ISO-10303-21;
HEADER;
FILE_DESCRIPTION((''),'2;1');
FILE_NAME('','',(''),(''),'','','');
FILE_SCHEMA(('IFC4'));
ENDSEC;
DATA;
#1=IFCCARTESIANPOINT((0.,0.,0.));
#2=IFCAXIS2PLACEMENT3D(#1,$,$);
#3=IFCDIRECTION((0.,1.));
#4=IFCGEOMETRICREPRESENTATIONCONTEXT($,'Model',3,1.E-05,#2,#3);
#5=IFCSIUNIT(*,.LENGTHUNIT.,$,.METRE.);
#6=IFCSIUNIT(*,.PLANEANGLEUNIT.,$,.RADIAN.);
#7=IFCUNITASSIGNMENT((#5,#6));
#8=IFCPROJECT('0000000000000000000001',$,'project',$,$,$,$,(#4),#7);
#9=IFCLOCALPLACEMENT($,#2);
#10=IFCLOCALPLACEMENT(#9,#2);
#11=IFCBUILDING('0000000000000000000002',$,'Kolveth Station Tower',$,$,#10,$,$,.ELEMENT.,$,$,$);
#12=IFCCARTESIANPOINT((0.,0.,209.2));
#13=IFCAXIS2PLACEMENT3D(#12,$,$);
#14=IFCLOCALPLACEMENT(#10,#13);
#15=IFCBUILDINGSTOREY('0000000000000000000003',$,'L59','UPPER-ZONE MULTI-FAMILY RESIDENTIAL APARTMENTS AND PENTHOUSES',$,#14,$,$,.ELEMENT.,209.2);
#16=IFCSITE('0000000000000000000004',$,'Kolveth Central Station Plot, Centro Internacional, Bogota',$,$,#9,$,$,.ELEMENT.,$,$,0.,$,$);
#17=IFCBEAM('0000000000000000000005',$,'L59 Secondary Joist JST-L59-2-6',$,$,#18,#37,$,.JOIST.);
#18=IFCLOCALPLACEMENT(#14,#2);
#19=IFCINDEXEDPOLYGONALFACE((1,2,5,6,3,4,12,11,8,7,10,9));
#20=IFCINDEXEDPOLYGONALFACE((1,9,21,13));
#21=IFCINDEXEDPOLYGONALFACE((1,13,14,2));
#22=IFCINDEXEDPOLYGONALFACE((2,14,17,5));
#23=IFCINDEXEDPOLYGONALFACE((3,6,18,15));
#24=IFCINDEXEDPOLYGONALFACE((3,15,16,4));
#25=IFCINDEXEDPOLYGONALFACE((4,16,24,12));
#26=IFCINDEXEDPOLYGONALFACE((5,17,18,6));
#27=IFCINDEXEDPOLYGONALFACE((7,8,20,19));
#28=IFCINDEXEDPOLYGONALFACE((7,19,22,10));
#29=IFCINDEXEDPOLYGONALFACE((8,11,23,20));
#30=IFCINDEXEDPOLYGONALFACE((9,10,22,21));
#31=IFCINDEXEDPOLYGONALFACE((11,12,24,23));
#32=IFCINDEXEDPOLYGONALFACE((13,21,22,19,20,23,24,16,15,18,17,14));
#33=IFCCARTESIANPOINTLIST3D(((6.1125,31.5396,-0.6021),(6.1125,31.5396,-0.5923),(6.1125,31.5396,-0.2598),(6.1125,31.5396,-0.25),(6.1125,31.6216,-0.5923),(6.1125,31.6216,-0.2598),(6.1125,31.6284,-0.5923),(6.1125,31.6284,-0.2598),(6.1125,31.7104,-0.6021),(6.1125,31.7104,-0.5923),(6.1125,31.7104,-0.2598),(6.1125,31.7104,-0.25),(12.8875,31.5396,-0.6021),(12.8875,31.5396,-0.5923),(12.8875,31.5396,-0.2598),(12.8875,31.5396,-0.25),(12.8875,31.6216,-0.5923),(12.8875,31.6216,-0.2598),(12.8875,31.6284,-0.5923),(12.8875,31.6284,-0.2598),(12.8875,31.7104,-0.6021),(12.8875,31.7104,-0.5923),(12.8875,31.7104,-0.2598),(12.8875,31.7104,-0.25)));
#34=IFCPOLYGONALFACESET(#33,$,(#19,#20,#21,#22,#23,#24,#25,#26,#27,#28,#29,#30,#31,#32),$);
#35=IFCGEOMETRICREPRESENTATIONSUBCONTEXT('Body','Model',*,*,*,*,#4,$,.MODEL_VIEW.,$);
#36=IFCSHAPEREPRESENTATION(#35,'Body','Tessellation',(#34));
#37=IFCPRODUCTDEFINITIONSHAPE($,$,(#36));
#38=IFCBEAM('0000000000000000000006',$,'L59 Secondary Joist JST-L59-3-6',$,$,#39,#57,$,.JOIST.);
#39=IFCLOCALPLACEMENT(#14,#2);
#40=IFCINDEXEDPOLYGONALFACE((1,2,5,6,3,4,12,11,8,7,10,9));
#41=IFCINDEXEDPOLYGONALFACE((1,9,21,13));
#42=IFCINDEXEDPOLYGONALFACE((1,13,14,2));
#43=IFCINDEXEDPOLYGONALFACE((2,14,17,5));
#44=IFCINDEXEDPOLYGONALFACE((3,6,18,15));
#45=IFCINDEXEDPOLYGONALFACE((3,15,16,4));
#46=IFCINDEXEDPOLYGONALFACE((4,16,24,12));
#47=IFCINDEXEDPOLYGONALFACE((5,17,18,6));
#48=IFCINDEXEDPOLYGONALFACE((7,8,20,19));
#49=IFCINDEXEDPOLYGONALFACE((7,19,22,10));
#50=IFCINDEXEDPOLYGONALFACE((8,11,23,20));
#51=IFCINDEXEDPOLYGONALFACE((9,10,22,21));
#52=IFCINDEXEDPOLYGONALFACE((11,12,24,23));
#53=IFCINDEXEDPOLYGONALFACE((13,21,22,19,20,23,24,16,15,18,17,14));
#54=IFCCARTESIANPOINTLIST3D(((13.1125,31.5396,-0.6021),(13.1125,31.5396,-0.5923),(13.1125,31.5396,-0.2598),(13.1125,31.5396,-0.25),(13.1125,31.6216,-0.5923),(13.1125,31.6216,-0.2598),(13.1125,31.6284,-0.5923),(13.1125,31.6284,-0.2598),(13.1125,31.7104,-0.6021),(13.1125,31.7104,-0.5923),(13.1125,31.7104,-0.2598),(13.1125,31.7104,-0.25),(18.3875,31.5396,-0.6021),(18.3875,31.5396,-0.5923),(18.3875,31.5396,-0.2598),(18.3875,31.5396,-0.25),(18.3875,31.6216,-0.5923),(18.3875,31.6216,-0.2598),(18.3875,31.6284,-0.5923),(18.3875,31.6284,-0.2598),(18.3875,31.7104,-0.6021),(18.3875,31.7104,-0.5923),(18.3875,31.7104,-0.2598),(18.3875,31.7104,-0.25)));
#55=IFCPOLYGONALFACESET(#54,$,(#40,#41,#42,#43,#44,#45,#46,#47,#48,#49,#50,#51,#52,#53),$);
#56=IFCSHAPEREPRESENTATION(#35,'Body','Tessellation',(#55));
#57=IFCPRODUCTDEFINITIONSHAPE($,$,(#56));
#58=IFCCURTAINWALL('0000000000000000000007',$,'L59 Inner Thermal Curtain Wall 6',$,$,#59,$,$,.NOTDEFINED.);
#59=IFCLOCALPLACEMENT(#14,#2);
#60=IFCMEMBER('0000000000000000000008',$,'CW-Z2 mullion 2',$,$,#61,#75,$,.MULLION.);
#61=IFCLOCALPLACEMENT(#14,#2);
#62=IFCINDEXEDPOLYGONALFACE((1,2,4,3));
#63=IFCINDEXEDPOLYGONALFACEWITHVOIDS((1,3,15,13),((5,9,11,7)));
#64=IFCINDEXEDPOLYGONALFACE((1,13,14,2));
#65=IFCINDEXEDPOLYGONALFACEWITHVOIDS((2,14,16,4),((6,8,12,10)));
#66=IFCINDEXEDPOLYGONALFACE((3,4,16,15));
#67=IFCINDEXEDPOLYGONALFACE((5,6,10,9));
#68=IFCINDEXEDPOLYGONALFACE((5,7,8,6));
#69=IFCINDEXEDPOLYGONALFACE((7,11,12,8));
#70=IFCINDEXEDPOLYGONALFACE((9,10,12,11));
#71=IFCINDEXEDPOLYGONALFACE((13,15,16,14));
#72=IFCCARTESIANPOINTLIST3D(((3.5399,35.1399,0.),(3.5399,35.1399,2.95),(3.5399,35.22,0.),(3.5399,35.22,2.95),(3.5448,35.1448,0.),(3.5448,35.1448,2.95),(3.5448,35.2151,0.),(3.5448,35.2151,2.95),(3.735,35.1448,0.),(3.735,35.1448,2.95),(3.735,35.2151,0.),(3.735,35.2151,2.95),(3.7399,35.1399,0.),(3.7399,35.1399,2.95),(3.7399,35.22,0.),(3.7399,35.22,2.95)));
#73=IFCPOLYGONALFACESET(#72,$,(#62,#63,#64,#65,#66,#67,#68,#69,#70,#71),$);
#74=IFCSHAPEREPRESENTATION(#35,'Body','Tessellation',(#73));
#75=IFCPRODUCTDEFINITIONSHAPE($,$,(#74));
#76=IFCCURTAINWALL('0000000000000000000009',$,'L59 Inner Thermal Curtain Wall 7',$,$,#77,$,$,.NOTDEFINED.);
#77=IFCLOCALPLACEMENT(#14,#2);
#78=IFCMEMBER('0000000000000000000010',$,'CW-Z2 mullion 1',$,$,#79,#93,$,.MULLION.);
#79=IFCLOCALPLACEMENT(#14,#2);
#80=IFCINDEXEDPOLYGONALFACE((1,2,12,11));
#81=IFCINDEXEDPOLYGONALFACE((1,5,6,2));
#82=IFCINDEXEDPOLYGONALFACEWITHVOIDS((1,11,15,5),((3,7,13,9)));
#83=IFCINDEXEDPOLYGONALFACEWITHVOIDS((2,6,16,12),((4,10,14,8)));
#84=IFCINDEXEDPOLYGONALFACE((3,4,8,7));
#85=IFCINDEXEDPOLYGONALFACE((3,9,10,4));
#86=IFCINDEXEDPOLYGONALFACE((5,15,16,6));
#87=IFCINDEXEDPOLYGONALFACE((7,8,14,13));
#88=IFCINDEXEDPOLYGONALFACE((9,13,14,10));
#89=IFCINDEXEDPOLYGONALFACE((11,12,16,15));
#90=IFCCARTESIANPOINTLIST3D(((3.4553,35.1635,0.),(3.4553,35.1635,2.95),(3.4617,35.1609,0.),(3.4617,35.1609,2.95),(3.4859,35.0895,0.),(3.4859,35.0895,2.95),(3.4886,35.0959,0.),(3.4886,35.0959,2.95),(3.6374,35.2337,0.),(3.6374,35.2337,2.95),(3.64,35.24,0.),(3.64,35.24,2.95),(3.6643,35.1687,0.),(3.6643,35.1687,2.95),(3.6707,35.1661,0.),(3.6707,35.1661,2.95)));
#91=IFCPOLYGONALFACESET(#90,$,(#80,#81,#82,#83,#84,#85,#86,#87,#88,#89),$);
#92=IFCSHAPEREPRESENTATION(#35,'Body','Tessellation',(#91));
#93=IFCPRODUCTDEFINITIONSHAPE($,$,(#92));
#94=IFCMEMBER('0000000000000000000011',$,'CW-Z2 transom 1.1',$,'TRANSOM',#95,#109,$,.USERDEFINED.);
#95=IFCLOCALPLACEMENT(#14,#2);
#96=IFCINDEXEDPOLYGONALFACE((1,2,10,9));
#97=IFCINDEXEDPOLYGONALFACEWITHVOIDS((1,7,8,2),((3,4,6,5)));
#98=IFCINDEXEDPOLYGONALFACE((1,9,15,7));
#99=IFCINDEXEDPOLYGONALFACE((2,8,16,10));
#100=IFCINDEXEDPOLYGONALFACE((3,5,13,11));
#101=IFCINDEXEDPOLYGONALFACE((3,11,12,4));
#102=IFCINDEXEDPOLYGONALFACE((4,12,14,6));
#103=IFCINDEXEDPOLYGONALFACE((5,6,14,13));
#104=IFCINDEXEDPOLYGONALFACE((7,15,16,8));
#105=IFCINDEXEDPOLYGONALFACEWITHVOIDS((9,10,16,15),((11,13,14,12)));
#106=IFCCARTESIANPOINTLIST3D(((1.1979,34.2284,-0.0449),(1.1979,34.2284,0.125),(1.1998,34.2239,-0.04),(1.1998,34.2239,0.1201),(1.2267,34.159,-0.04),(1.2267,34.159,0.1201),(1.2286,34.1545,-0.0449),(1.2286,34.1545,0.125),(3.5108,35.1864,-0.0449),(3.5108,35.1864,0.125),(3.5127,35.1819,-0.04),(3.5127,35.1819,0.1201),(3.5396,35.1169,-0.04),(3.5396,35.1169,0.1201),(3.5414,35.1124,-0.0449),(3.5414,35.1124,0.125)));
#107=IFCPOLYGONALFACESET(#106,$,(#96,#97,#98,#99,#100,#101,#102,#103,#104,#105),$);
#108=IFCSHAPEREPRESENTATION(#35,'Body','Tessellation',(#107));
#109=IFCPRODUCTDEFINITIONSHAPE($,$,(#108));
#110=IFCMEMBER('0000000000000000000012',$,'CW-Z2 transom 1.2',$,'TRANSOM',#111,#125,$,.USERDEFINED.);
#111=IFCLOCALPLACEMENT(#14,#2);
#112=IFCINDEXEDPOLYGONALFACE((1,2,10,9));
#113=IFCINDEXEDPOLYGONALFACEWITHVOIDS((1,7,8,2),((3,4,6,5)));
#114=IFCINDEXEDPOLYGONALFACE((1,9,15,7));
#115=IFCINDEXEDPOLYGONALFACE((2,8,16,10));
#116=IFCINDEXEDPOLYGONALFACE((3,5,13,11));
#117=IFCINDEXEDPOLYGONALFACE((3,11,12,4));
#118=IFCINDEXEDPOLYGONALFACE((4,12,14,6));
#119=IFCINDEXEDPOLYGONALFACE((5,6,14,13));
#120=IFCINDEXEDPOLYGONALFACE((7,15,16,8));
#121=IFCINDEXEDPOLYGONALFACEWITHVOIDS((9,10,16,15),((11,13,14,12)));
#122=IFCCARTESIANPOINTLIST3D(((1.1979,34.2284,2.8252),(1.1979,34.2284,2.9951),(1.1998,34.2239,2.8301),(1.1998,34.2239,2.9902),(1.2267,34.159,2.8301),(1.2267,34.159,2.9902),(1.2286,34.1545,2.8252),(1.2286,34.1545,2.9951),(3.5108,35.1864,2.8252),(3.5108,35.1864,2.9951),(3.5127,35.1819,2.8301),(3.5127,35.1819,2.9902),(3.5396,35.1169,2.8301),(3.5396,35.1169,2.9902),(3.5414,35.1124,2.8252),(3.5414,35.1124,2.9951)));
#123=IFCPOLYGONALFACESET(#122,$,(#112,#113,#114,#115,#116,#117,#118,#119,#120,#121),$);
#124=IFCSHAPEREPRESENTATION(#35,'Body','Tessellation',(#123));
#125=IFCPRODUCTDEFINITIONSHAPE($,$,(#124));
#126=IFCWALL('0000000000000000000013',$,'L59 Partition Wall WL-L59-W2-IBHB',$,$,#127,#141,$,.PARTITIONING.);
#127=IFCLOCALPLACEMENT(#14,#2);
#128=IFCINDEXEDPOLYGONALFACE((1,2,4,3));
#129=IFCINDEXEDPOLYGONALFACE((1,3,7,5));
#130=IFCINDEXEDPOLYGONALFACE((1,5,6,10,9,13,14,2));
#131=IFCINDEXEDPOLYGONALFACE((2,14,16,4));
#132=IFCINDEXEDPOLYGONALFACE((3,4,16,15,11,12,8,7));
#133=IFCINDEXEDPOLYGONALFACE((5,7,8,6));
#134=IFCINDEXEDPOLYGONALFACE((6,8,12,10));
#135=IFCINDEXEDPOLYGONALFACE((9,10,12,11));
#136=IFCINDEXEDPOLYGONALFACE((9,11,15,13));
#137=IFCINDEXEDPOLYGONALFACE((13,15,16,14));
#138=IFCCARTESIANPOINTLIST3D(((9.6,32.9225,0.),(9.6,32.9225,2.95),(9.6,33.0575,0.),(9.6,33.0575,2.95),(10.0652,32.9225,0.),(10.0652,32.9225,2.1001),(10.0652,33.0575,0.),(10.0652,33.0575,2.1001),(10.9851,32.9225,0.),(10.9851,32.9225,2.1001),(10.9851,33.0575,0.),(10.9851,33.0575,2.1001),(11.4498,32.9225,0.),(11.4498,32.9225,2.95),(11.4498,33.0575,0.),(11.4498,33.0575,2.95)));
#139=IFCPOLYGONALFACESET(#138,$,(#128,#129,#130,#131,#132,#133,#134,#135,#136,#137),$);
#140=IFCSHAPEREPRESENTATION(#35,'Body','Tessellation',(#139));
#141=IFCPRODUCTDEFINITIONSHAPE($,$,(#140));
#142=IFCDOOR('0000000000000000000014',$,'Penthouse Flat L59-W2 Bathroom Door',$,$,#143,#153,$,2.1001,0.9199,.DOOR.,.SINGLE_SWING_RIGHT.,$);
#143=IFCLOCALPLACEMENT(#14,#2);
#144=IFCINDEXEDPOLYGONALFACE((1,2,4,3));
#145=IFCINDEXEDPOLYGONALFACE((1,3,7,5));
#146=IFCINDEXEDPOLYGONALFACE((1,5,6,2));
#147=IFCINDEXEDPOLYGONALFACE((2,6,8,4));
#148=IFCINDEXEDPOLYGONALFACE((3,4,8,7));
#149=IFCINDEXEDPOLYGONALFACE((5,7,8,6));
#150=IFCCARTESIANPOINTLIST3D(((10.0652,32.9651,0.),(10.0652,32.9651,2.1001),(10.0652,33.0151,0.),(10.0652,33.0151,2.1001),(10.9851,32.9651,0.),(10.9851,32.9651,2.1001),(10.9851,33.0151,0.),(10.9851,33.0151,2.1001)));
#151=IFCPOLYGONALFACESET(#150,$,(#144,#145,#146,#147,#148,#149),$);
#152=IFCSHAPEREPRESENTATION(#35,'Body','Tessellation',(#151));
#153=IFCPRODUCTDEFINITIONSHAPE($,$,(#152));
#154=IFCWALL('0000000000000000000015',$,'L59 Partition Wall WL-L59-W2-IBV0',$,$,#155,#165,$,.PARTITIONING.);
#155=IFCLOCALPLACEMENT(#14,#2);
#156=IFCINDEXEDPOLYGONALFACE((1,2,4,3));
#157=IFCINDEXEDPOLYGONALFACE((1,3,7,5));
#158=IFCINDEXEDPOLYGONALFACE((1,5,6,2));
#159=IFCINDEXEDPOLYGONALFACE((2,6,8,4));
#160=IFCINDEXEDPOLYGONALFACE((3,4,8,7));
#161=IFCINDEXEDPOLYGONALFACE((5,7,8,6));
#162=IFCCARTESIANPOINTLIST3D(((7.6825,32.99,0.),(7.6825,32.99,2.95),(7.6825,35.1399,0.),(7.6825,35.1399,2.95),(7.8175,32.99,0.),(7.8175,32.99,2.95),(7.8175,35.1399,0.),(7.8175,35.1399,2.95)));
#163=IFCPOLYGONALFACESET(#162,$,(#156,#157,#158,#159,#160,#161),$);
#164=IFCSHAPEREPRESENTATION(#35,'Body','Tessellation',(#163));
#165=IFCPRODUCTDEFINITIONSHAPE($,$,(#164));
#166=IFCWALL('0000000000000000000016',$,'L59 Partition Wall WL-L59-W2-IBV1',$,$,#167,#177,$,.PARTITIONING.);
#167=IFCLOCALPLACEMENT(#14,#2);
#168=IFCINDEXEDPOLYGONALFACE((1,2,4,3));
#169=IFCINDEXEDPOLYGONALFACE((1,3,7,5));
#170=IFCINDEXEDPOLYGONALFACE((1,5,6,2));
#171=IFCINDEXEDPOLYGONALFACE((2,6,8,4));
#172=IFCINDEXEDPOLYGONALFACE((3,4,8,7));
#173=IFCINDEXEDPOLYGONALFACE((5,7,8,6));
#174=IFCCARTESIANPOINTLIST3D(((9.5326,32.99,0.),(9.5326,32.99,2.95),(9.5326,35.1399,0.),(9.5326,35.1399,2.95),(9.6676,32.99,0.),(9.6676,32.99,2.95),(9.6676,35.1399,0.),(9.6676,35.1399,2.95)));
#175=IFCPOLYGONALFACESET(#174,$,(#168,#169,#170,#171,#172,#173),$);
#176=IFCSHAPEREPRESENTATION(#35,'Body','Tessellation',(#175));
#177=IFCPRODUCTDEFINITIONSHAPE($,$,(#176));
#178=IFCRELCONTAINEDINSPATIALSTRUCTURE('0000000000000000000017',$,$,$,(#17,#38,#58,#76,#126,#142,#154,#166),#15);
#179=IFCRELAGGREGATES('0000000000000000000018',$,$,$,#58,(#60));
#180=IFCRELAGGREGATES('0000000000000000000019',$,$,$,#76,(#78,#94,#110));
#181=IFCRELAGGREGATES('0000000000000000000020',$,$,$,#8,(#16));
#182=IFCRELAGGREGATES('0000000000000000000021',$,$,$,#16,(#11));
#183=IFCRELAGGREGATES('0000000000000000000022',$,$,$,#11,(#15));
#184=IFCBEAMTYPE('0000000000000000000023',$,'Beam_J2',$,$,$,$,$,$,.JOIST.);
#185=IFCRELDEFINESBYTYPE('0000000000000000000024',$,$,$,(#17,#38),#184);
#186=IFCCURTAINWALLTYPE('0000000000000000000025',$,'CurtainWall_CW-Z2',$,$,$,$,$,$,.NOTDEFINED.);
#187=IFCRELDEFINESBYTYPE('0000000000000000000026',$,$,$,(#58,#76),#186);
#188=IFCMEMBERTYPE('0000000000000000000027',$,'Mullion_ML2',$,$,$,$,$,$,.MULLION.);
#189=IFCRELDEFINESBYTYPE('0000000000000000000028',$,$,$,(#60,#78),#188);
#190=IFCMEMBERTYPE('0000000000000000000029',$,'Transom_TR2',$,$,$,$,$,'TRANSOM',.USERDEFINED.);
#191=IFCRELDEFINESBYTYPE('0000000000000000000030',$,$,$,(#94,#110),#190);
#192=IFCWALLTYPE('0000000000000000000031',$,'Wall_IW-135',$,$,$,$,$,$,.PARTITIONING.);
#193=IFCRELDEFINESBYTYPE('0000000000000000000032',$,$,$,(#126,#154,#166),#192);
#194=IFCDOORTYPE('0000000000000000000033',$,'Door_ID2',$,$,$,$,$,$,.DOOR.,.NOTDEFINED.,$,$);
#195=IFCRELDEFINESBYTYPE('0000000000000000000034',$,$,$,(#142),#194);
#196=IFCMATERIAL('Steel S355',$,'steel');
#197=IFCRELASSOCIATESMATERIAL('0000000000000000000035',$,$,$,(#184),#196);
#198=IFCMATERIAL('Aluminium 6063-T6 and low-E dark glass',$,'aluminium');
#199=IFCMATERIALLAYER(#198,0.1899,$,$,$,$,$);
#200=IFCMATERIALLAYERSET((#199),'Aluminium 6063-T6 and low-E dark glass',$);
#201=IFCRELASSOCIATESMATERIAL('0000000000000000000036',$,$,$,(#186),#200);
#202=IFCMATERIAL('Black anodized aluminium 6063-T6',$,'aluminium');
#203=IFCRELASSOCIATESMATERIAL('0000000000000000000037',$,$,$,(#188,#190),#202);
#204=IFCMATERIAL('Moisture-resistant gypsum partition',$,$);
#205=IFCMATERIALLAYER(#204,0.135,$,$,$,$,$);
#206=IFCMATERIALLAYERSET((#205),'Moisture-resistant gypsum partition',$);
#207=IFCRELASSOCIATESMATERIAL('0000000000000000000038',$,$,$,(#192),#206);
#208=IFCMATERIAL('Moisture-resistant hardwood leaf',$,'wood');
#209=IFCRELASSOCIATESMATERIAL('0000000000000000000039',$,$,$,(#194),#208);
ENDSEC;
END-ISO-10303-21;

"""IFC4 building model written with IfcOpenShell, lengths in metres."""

from ifc_helpers import new_model, si_unit, direction, frame, frame_2d, origin, origin_2d, place, context, subcontext, project, spatial, rectangle, hollow_rectangle, i_section, extrude, source, transform, mapped, material, layer, layer_set, material_profile, profile_set, type_object, element, fill, aggregate, save


model = new_model("IFC4")

# Units and contexts
model_context = context("Model", 3, precision=1e-05, world=origin(), true_north=direction((0.0, 1.0)))
body_context = subcontext(model_context, "Body", "Model", "MODEL_VIEW")
ifc_project = project(units=[si_unit("LENGTHUNIT", "METRE"), si_unit("PLANEANGLEUNIT", "RADIAN")], contexts=[model_context])

# Site, building, storey
site_placement = place(None, origin())
site = spatial("IfcSite", under=ifc_project, at=site_placement, Name="Kolveth Central Station Plot, Centro Internacional, Bogota", CompositionType="ELEMENT", RefElevation=0.0)
building_placement = place(site_placement, origin())
building = spatial("IfcBuilding", under=site, at=building_placement, Name="Kolveth Station Tower", CompositionType="ELEMENT")
storey_placement = place(building_placement, frame((0.0, 0.0, 209.2)))
storey = spatial("IfcBuildingStorey", under=building, at=storey_placement, Name="L59", Description="UPPER-ZONE MULTI-FAMILY RESIDENTIAL APARTMENTS AND PENTHOUSES", CompositionType="ELEMENT", Elevation=209.2)

# Shared definitions
ifc_material_1 = material(Name="Steel S355", Category="steel")

# Beams
ifc_material_profile_1 = material_profile(ifc_material_1, i_section(OverallWidth=0.1709, OverallDepth=0.3521, WebThickness=0.0068, FlangeThickness=0.0098, at=origin_2d()), Name="W360x44")
ifc_profile_set_1 = profile_set([ifc_material_profile_1], Name="Steel S355")
beam_type_1 = type_object("IfcBeamType", Name="Beam_J2", PredefinedType="JOIST", material=ifc_profile_set_1)
shared_shape_1 = source(origin(), body_context, "Body", "SweptSolid", [
    extrude(i_section(OverallWidth=0.1709, OverallDepth=0.3521, WebThickness=0.0068, FlangeThickness=0.0098, at=origin_2d()), origin(), (0.0, 0.0, 1.0), 6.7749),
])
beam_1_placement = place(storey_placement, frame((6.1125, 31.625, -0.426), z_axis=(1.0, 0.0, 0.0), x_axis=(0.0, 1.0, 0.0)))
element("IfcBeam", 1, at=beam_1_placement, inside=storey, type_object=beam_type_1, Name="L59 Secondary Joist JST-L59-2-6", PredefinedType="JOIST", context=body_context, shape_type="MappedRepresentation", body=[
    mapped(shared_shape_1, transform((0.0, 0.0, 0.0), x_axis=(1.0, 0.0, 0.0), y_axis=(0.0, 1.0, 0.0), z_axis=(0.0, 0.0, 1.0), scale=1.0)),
])
shared_shape_2 = source(origin(), body_context, "Body", "SweptSolid", [
    extrude(i_section(OverallWidth=0.1709, OverallDepth=0.3521, WebThickness=0.0068, FlangeThickness=0.0098, at=origin_2d()), origin(), (0.0, 0.0, 1.0), 5.2749),
])
beam_2_placement = place(storey_placement, frame((13.1125, 31.625, -0.426), z_axis=(1.0, 0.0, 0.0), x_axis=(0.0, 1.0, 0.0)))
element("IfcBeam", 2, at=beam_2_placement, inside=storey, type_object=beam_type_1, Name="L59 Secondary Joist JST-L59-3-6", PredefinedType="JOIST", context=body_context, shape_type="MappedRepresentation", body=[
    mapped(shared_shape_2, transform((0.0, 0.0, 0.0), x_axis=(1.0, 0.0, 0.0), y_axis=(0.0, 1.0, 0.0), z_axis=(0.0, 0.0, 1.0), scale=1.0)),
])

# Curtain wall, member
ifc_material_2 = material(Name="Aluminium 6063-T6 and low-E dark glass", Category="aluminium")
ifc_layer_1 = layer(ifc_material_2, 0.1899)
ifc_layer_set_1 = layer_set([ifc_layer_1], Name="Aluminium 6063-T6 and low-E dark glass")
curtain_wall_type = type_object("IfcCurtainWallType", Name="CurtainWall_CW-Z2", PredefinedType="NOTDEFINED", material=ifc_layer_set_1)
curtain_wall_1_placement = place(storey_placement, origin())
curtain_wall_1 = element("IfcCurtainWall", 3, at=curtain_wall_1_placement, inside=storey, type_object=curtain_wall_type, Name="L59 Inner Thermal Curtain Wall 6", PredefinedType="NOTDEFINED")
ifc_material_3 = material(Name="Black anodized aluminium 6063-T6", Category="aluminium")
ifc_material_profile_2 = material_profile(ifc_material_3, hollow_rectangle(XDim=0.0801, YDim=0.2, WallThickness=0.0049, at=origin_2d()), Name="ALU-80x200x5")
ifc_profile_set_2 = profile_set([ifc_material_profile_2], Name="Black anodized aluminium 6063-T6")
member_type_1 = type_object("IfcMemberType", Name="Mullion_ML2", PredefinedType="MULLION", material=ifc_profile_set_2)
shared_shape_3 = source(origin(), body_context, "Body", "SweptSolid", [
    extrude(hollow_rectangle(XDim=0.0801, YDim=0.2, WallThickness=0.0049, at=origin_2d()), origin(), (0.0, 0.0, 1.0), 2.95),
])
member_1_placement = place(storey_placement, frame((3.6399, 35.1799, 0.0), z_axis=(0.0, 0.0, 1.0), x_axis=(0.0, -1.0, 0.0)))
member_1 = element("IfcMember", 4, at=member_1_placement, type_object=member_type_1, Name="CW-Z2 mullion 2", PredefinedType="MULLION", context=body_context, shape_type="MappedRepresentation", body=[
    mapped(shared_shape_3, transform((0.0, 0.0, 0.0), x_axis=(1.0, 0.0, 0.0), y_axis=(0.0, 1.0, 0.0), z_axis=(0.0, 0.0, 1.0), scale=1.0)),
])
aggregate(curtain_wall_1, [member_1])

# Curtain wall, members
curtain_wall_2_placement = place(storey_placement, origin())
curtain_wall_2 = element("IfcCurtainWall", 5, at=curtain_wall_2_placement, inside=storey, type_object=curtain_wall_type, Name="L59 Inner Thermal Curtain Wall 7", PredefinedType="NOTDEFINED")
member_2_placement = place(storey_placement, frame((3.563, 35.1648, 0.0), z_axis=(0.0, 0.0, 1.0), x_axis=(0.382698, -0.923874, 0.0)))
member_2 = element("IfcMember", 6, at=member_2_placement, type_object=member_type_1, Name="CW-Z2 mullion 1", PredefinedType="MULLION", context=body_context, shape_type="MappedRepresentation", body=[
    mapped(shared_shape_3, transform((0.0, 0.0, 0.0), x_axis=(1.0, 0.0, 0.0), y_axis=(0.0, 1.0, 0.0), z_axis=(0.0, 0.0, 1.0), scale=1.0)),
])
ifc_material_profile_3 = material_profile(ifc_material_3, hollow_rectangle(XDim=0.0801, YDim=0.1699, WallThickness=0.0049, at=origin_2d()), Name="ALU-80x170x5")
ifc_profile_set_3 = profile_set([ifc_material_profile_3], Name="Black anodized aluminium 6063-T6")
member_type_2 = type_object("IfcMemberType", Name="Transom_TR2", ElementType="TRANSOM", PredefinedType="USERDEFINED", material=ifc_profile_set_3)
shared_shape_4 = source(origin(), body_context, "Body", "SweptSolid", [
    extrude(hollow_rectangle(XDim=0.0801, YDim=0.1699, WallThickness=0.0049, at=origin_2d()), origin(), (0.0, 0.0, 1.0), 2.5034),
])
member_3_placement = place(storey_placement, frame((3.5261, 35.1494, 0.04), z_axis=(-0.923888, -0.382662, 0.0), x_axis=(0.382662, -0.923888, 0.0)))
member_3 = element("IfcMember", 7, at=member_3_placement, type_object=member_type_2, Name="CW-Z2 transom 1.1", ObjectType="TRANSOM", PredefinedType="USERDEFINED", context=body_context, shape_type="MappedRepresentation", body=[
    mapped(shared_shape_4, transform((0.0, 0.0, 0.0), x_axis=(1.0, 0.0, 0.0), y_axis=(0.0, 1.0, 0.0), z_axis=(0.0, 0.0, 1.0), scale=1.0)),
])
member_4_placement = place(storey_placement, frame((3.5261, 35.1494, 2.9102), z_axis=(-0.923888, -0.382662, 0.0), x_axis=(0.382662, -0.923888, 0.0)))
member_4 = element("IfcMember", 8, at=member_4_placement, type_object=member_type_2, Name="CW-Z2 transom 1.2", ObjectType="TRANSOM", PredefinedType="USERDEFINED", context=body_context, shape_type="MappedRepresentation", body=[
    mapped(shared_shape_4, transform((0.0, 0.0, 0.0), x_axis=(1.0, 0.0, 0.0), y_axis=(0.0, 1.0, 0.0), z_axis=(0.0, 0.0, 1.0), scale=1.0)),
])
aggregate(curtain_wall_2, [member_2, member_3, member_4])

# Wall, opening, door
ifc_material_4 = material(Name="Moisture-resistant gypsum partition")
ifc_layer_2 = layer(ifc_material_4, 0.135)
ifc_layer_set_2 = layer_set([ifc_layer_2], Name="Moisture-resistant gypsum partition")
wall_type_1 = type_object("IfcWallType", Name="Wall_IW-135", PredefinedType="PARTITIONING", material=ifc_layer_set_2)
wall_1_placement = place(storey_placement, frame((9.6001, 32.99, 0.0), z_axis=(0.0, 0.0, 1.0), x_axis=(1.0, 0.0, 0.0)))
wall_1 = element("IfcWall", 9, at=wall_1_placement, inside=storey, type_object=wall_type_1, Name="L59 Partition Wall WL-L59-W2-IBHB", PredefinedType="PARTITIONING", context=body_context, shape_type="SweptSolid", body=[
    extrude(rectangle(XDim=1.8499, YDim=0.135, at=frame_2d((0.9248, 0.0))), origin(), (0.0, 0.0, 1.0), 2.95),
])
opening_1_placement = place(wall_1_placement, frame((0.4651, 0.0, 0.0)))
opening_1 = element("IfcOpeningElement", 10, at=opening_1_placement, cuts=wall_1, PredefinedType="OPENING", context=body_context, shape_type="SweptSolid", body=[
    extrude(rectangle(XDim=0.9199, YDim=2.1001, at=frame_2d((0.46, 1.05))), frame((0.0, 0.0774, 0.0), z_axis=(0.0, -1.0, 0.0), x_axis=(1.0, 0.0, 0.0)), (0.0, 0.0, 1.0), 0.155),
])
ifc_material_5 = material(Name="Moisture-resistant hardwood leaf", Category="wood")
door_type_1 = type_object("IfcDoorType", Name="Door_ID2", OperationType="NOTDEFINED", PredefinedType="DOOR", material=ifc_material_5)
door_1_placement = place(opening_1_placement, frame((0.9199, 0.0, 0.0), z_axis=(0.0, 0.0, 1.0), x_axis=(-1.0, 0.0, 0.0)))
door_1 = element("IfcDoor", 11, at=door_1_placement, inside=storey, type_object=door_type_1, Name="Penthouse Flat L59-W2 Bathroom Door", OperationType="SINGLE_SWING_RIGHT", OverallHeight=2.1001, OverallWidth=0.9199, PredefinedType="DOOR", context=body_context, shape_type="SweptSolid", body=[
    extrude(rectangle(XDim=0.9199, YDim=2.1001, at=frame_2d((0.46, 1.05))), frame((0.0, 0.0249, 0.0), z_axis=(0.0, -1.0, 0.0), x_axis=(1.0, 0.0, 0.0)), (0.0, 0.0, 1.0), 0.05),
])
fill(opening_1, door_1)

# Walls
for number, where, z_axis, x_axis, name in (
    (12, (7.75, 32.99, 0.0), (0.0, 0.0, 1.0), (0.0, 1.0, 0.0), "L59 Partition Wall WL-L59-W2-IBV0"),
    (13, (9.6001, 32.99, 0.0), (0.0, 0.0, 1.0), (0.0, 1.0, 0.0), "L59 Partition Wall WL-L59-W2-IBV1"),
):
    element("IfcWall", number, at=place(storey_placement, frame(where, z_axis=z_axis, x_axis=x_axis)), inside=storey, type_object=wall_type_1, Name=name, PredefinedType="PARTITIONING", context=body_context, shape_type="SweptSolid", body=[
        extrude(rectangle(XDim=2.1499, YDim=0.135, at=frame_2d((1.075, 0.0))), origin(), (0.0, 0.0, 1.0), 2.95),
    ])

save(model, "model.ifc")
